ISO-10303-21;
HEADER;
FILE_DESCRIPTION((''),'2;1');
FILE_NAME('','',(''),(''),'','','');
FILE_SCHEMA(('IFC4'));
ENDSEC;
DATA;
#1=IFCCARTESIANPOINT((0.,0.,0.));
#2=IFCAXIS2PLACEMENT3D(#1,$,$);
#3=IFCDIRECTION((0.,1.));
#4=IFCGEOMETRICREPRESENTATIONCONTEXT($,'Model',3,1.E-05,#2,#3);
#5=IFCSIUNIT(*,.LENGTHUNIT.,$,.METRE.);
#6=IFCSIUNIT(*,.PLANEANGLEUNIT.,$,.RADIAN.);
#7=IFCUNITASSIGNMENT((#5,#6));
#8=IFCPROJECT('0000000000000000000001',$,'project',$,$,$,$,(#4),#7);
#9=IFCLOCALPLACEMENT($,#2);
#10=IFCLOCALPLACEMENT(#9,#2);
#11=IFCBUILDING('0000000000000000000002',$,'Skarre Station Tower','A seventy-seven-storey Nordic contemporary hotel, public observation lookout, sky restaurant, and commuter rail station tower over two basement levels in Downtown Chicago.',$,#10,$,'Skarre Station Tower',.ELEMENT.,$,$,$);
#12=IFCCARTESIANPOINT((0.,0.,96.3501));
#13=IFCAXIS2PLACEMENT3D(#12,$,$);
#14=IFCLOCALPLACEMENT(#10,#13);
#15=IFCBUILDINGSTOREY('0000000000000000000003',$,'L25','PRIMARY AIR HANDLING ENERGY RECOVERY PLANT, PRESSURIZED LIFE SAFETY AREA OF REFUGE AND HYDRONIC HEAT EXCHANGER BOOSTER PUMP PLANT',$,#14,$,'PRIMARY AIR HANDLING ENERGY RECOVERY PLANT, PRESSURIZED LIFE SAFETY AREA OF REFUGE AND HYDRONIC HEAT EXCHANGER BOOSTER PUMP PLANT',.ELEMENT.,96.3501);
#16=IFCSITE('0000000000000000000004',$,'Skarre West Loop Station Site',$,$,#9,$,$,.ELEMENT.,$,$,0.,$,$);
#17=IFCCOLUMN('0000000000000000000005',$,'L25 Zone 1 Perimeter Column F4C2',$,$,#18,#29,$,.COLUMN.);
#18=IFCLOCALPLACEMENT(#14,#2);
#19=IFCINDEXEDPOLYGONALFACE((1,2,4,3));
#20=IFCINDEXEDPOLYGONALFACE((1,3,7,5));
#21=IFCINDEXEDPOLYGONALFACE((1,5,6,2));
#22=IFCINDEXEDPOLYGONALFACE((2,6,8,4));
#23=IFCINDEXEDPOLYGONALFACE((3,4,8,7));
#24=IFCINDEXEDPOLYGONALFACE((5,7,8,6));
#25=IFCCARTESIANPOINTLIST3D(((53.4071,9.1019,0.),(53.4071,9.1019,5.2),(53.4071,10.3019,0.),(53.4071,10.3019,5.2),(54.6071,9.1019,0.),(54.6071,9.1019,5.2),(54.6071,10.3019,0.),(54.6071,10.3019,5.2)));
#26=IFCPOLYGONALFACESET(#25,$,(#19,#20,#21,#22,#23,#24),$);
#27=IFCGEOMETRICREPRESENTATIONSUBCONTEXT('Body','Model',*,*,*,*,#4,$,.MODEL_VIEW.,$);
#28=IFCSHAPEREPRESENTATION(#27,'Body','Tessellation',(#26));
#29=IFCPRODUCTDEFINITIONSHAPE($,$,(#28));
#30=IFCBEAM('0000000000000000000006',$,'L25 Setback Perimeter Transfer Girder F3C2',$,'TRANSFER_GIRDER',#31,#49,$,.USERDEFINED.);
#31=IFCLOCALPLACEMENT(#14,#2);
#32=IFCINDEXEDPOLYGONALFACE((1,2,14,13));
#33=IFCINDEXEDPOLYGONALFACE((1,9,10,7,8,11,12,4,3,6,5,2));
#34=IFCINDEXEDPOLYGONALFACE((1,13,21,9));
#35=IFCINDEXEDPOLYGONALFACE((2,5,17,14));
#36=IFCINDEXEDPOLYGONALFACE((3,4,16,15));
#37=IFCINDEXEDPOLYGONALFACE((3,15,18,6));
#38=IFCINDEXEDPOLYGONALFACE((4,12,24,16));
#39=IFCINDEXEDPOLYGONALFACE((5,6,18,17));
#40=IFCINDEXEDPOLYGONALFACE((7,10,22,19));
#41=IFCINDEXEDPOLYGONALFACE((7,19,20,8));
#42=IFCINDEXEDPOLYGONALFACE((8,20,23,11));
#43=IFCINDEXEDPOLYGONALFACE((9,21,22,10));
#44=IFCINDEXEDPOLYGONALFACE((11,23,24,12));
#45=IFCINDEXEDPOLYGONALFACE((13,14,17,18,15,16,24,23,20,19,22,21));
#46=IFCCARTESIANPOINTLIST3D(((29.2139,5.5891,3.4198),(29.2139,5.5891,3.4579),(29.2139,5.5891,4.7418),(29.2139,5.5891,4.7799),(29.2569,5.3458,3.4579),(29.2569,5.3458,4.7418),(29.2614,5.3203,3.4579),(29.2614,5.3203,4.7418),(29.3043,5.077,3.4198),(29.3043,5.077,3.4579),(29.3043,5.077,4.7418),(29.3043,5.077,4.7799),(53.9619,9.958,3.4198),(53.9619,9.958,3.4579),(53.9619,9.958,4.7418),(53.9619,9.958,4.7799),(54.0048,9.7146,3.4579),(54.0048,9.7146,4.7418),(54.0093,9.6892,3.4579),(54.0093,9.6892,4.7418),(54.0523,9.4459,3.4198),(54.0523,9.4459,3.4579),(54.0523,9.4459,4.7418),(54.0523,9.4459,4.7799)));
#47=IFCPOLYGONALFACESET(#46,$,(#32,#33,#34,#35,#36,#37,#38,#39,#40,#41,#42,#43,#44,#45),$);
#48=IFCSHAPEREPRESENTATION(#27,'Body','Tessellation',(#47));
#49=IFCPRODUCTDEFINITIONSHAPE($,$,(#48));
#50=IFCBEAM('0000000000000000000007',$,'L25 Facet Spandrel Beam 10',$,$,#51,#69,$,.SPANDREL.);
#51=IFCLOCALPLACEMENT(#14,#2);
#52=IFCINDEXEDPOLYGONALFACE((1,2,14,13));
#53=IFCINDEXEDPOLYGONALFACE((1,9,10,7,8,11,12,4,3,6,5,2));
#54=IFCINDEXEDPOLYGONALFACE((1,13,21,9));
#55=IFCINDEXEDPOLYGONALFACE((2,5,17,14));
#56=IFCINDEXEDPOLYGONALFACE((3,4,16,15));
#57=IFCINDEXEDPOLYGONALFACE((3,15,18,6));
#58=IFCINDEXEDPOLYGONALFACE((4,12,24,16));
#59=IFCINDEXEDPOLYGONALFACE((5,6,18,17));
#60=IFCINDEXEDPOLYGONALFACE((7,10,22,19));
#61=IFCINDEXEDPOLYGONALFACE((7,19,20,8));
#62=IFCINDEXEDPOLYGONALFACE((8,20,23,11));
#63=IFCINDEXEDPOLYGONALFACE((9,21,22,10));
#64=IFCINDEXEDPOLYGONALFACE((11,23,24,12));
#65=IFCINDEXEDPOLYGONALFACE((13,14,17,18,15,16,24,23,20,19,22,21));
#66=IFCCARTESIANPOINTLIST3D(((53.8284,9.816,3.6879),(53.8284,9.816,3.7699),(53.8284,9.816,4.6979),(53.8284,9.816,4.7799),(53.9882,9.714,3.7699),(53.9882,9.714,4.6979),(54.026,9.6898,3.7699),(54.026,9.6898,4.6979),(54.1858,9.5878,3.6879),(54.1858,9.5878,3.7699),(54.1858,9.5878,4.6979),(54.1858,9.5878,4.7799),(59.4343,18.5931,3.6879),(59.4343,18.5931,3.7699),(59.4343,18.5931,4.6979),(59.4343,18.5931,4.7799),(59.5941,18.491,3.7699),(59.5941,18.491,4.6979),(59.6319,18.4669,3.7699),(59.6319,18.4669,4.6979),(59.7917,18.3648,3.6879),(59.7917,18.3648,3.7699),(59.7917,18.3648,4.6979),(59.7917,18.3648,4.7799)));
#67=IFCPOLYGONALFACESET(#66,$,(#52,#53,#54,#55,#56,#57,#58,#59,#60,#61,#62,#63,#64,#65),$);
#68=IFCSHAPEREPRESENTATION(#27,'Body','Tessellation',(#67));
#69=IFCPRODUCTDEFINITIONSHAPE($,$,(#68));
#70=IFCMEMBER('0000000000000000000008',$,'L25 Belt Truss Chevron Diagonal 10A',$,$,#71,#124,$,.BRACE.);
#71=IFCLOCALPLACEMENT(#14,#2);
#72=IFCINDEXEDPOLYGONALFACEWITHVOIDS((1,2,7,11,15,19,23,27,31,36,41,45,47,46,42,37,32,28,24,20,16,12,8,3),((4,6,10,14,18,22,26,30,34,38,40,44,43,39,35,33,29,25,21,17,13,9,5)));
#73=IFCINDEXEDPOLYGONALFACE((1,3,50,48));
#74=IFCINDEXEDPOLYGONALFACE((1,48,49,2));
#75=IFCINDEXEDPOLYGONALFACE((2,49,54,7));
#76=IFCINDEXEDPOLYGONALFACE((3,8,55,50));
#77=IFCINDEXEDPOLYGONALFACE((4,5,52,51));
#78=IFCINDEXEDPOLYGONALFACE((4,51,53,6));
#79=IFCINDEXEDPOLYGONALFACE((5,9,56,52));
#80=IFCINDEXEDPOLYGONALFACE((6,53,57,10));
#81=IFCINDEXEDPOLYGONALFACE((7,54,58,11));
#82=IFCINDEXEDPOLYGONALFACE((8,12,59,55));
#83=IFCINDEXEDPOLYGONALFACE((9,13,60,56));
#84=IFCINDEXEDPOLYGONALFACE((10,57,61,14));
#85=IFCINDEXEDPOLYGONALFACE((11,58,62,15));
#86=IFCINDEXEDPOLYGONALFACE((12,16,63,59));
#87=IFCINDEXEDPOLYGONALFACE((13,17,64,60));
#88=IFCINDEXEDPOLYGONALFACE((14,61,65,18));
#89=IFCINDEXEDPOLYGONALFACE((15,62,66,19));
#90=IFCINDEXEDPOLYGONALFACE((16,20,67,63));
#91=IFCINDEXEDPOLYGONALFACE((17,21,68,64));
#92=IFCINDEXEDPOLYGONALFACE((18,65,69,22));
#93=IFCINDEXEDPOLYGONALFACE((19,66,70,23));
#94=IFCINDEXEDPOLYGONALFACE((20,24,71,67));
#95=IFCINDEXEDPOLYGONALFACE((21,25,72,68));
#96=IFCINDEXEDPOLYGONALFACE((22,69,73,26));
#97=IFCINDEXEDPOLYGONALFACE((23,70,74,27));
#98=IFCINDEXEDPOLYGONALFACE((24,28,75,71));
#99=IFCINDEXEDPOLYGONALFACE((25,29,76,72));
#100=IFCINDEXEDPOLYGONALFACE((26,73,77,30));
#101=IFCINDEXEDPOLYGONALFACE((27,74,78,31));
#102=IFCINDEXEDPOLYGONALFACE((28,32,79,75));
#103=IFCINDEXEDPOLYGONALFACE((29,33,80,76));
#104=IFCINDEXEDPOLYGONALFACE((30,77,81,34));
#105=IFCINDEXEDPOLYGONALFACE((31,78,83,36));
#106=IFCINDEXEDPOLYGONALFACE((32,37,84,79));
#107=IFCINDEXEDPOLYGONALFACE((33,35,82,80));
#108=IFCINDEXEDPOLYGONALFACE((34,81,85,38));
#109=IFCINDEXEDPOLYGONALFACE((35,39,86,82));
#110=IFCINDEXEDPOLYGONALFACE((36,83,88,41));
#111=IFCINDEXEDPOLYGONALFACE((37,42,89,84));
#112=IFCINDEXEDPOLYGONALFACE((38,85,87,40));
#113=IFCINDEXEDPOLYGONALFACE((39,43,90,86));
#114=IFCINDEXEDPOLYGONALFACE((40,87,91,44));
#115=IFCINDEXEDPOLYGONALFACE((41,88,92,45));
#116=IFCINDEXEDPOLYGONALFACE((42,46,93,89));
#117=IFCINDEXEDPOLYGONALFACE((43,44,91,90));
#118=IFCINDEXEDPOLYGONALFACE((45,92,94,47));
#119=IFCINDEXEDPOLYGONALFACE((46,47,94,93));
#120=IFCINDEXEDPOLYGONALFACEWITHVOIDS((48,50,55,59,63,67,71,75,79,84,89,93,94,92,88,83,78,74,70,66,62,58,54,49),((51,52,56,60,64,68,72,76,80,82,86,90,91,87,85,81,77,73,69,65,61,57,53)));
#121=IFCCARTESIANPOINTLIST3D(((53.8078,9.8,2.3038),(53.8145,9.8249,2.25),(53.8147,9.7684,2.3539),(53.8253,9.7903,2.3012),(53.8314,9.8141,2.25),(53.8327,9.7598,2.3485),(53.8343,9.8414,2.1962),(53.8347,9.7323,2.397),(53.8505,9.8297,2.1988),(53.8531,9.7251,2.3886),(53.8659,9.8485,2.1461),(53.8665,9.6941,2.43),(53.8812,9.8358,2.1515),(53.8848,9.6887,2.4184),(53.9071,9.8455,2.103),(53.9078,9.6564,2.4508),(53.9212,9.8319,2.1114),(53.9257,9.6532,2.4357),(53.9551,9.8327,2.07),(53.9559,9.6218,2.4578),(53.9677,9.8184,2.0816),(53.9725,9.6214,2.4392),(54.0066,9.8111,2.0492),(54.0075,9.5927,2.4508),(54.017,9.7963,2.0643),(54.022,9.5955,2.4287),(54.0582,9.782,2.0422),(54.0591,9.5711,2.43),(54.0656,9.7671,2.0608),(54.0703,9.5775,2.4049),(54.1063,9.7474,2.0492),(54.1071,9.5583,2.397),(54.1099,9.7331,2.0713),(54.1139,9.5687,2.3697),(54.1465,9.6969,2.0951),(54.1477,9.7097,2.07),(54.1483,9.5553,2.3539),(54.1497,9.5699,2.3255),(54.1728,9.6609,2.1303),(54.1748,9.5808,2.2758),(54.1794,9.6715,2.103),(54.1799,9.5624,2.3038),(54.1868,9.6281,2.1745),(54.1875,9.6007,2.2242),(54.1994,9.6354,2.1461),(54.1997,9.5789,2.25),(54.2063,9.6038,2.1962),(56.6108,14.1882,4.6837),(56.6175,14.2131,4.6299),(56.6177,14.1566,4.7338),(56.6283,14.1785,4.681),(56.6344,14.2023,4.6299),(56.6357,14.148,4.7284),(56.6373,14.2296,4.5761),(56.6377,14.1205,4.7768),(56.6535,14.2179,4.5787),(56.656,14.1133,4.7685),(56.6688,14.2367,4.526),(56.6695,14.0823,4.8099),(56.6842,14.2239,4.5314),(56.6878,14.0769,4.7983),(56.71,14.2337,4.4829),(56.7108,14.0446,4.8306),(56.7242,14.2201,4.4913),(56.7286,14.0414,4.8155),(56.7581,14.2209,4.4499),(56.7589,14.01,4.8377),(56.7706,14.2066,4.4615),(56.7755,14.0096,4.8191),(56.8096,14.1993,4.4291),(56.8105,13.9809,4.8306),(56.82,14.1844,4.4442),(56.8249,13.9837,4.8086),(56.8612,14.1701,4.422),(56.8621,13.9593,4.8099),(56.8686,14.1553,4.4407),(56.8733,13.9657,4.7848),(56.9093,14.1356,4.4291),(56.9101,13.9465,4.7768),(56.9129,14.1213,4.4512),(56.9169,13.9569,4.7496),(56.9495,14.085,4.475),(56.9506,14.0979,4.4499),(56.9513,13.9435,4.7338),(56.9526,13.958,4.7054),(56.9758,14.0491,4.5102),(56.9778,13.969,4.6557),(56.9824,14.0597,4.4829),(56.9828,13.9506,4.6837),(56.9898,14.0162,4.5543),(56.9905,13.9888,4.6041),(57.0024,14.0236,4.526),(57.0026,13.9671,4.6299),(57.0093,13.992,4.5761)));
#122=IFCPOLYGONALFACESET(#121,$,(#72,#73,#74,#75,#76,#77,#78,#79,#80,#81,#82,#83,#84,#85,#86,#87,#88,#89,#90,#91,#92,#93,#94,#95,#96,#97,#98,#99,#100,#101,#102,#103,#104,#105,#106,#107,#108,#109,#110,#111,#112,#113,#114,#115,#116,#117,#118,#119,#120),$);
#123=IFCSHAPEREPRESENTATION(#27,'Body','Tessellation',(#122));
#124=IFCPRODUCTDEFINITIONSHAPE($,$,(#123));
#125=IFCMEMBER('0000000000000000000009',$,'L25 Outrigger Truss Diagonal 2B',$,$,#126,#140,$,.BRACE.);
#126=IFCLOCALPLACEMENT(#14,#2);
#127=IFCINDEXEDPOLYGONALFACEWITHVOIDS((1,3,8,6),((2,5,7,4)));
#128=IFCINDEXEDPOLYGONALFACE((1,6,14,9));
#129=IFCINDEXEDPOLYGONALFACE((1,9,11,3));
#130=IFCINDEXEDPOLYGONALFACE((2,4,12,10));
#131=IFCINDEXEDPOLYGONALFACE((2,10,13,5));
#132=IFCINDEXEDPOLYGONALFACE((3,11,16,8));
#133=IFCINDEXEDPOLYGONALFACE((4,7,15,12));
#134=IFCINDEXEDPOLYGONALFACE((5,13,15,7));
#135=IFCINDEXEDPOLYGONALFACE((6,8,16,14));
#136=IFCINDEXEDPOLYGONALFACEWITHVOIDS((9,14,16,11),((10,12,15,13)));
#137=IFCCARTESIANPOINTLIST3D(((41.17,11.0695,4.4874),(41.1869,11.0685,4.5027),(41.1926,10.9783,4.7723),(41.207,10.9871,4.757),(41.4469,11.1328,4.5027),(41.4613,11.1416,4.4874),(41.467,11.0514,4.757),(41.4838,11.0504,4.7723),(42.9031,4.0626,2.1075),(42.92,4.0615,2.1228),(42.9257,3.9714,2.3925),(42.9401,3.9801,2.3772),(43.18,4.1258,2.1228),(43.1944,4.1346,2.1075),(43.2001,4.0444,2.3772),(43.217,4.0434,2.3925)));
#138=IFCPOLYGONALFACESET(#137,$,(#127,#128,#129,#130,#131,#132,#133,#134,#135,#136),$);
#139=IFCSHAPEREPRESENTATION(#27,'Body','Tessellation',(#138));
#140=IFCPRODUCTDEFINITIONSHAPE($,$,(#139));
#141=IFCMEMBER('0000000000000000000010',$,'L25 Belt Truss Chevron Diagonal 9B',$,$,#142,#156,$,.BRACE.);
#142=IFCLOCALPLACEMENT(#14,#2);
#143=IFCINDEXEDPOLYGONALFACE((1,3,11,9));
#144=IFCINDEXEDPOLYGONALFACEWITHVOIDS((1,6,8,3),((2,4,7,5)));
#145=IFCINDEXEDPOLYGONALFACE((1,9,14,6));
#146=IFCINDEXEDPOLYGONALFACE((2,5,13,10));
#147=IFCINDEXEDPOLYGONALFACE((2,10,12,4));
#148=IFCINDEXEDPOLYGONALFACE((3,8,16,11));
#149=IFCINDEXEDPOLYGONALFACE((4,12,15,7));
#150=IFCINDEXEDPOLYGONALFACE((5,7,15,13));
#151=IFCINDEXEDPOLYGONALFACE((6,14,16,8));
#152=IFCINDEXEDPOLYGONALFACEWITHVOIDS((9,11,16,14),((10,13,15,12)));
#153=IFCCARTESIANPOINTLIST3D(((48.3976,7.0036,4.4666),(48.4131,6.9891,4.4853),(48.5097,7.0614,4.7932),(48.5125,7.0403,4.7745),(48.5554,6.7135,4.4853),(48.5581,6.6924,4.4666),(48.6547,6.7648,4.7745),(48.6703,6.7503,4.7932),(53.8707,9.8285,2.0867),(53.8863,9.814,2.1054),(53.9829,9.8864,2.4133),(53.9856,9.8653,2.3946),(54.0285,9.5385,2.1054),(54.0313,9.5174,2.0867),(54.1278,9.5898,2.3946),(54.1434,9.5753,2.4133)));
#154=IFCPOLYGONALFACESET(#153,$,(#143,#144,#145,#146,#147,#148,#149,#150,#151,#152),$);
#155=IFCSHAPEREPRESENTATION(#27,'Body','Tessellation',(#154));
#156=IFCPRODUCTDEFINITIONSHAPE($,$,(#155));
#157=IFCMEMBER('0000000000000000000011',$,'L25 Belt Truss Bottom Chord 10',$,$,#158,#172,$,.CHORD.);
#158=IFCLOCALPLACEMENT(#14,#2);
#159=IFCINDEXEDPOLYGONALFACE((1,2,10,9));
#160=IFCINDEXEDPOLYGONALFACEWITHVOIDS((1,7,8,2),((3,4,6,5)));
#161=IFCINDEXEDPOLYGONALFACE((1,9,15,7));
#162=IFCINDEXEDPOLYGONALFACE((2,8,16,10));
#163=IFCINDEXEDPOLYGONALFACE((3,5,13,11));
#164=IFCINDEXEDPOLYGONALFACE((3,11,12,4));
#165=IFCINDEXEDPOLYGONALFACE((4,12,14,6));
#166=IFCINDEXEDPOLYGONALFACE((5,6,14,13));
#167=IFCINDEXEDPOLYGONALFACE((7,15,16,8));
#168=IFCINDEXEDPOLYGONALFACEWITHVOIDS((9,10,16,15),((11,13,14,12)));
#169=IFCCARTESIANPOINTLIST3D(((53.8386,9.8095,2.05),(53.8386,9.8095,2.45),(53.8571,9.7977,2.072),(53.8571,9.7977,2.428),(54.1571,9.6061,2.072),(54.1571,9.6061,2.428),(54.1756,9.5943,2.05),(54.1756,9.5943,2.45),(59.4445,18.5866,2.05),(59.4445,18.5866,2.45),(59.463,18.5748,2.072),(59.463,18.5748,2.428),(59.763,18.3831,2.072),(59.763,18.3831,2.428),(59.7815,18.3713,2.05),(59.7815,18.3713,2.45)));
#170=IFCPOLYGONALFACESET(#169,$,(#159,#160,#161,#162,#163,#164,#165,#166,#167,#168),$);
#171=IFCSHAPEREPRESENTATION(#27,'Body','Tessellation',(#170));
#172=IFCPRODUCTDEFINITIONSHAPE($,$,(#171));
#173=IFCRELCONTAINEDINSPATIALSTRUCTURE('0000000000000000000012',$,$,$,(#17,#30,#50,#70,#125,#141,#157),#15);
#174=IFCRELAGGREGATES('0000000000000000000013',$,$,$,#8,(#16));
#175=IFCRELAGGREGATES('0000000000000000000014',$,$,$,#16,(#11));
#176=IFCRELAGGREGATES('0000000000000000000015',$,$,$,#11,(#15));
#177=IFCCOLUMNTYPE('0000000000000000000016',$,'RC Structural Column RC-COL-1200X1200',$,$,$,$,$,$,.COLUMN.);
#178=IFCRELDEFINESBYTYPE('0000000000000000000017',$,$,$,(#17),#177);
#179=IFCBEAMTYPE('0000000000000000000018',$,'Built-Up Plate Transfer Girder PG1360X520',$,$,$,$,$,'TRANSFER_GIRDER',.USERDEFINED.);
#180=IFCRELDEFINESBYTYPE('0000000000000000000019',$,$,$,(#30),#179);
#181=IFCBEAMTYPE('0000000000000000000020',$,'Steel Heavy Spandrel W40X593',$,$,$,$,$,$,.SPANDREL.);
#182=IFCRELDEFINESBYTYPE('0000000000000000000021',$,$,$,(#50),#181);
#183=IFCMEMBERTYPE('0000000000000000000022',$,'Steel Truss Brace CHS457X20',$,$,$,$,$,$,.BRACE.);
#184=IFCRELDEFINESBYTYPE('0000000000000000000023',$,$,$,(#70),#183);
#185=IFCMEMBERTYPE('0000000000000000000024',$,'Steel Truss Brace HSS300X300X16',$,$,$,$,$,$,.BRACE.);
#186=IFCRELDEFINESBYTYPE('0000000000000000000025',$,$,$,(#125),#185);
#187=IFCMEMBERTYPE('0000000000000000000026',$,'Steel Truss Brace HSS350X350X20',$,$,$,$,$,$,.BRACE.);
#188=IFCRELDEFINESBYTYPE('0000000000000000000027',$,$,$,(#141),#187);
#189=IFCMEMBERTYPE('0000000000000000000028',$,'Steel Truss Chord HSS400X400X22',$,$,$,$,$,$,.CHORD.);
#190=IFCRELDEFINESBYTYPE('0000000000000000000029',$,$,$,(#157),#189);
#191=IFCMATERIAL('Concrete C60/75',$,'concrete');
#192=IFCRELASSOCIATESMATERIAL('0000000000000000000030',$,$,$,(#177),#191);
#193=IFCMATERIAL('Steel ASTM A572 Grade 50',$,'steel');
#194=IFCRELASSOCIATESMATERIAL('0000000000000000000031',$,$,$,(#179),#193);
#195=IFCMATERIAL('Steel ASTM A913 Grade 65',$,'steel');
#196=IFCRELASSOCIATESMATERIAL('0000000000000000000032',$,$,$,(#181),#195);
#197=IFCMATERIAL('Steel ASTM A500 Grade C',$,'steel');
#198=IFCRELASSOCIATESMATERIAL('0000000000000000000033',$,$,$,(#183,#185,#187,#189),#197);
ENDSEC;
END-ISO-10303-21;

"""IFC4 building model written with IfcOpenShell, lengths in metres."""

from ifc_helpers import new_model, si_unit, direction, frame, origin, origin_2d, place, context, subcontext, project, spatial, rectangle, hollow_rectangle, hollow_circle, i_section, extrude, material, material_profile, profile_set, type_object, element, save


model = new_model("IFC4")

# Units and contexts
model_context = context("Model", 3, precision=1e-05, world=origin(), true_north=direction((0.0, 1.0)))
body_context = subcontext(model_context, "Body", "Model", "MODEL_VIEW")
ifc_project = project(units=[si_unit("LENGTHUNIT", "METRE"), si_unit("PLANEANGLEUNIT", "RADIAN")], contexts=[model_context])

# Site, building, storey
site_placement = place(None, origin())
site = spatial("IfcSite", under=ifc_project, at=site_placement, Name="Skarre West Loop Station Site", CompositionType="ELEMENT", RefElevation=0.0)
building_placement = place(site_placement, origin())
building = spatial("IfcBuilding", under=site, at=building_placement, Name="Skarre Station Tower", Description="A seventy-seven-storey Nordic contemporary hotel, public observation lookout, sky restaurant, and commuter rail station tower over two basement levels in Downtown Chicago.", LongName="Skarre Station Tower", CompositionType="ELEMENT")
storey_placement = place(building_placement, frame((0.0, 0.0, 96.3501)))
storey = spatial("IfcBuildingStorey", under=building, at=storey_placement, Name="L25", Description="PRIMARY AIR HANDLING ENERGY RECOVERY PLANT, PRESSURIZED LIFE SAFETY AREA OF REFUGE AND HYDRONIC HEAT EXCHANGER BOOSTER PUMP PLANT", LongName="PRIMARY AIR HANDLING ENERGY RECOVERY PLANT, PRESSURIZED LIFE SAFETY AREA OF REFUGE AND HYDRONIC HEAT EXCHANGER BOOSTER PUMP PLANT", CompositionType="ELEMENT", Elevation=96.3501)

# Column
ifc_material_1 = material(Name="Concrete C60/75", Category="concrete")
ifc_material_profile_1 = material_profile(ifc_material_1, rectangle(XDim=1.2, YDim=1.2, at=origin_2d()), Name="Concrete C60/75")
ifc_profile_set_1 = profile_set([ifc_material_profile_1], Name="Concrete C60/75")
column_type = type_object("IfcColumnType", Name="RC Structural Column RC-COL-1200X1200", PredefinedType="COLUMN", material=ifc_profile_set_1)
column_placement = place(storey_placement, frame((54.0071, 9.7019, 0.0), z_axis=(0.0, 0.0, 1.0), x_axis=(1.0, 0.0, 0.0)))
element("IfcColumn", 1, at=column_placement, inside=storey, type_object=column_type, Name="L25 Zone 1 Perimeter Column F4C2", PredefinedType="COLUMN", context=body_context, shape_type="SweptSolid", body=[
    extrude(rectangle(XDim=1.2, YDim=1.2, at=origin_2d()), origin(), (0.0, 0.0, 1.0), 5.2),
])

# Beams
ifc_material_2 = material(Name="Steel ASTM A572 Grade 50", Category="steel")
ifc_material_profile_2 = material_profile(ifc_material_2, i_section(OverallWidth=0.52, OverallDepth=1.3601, WebThickness=0.0259, FlangeThickness=0.0381, at=origin_2d()), Name="Steel ASTM A572 Grade 50")
ifc_profile_set_2 = profile_set([ifc_material_profile_2], Name="Steel ASTM A572 Grade 50")
beam_type_1 = type_object("IfcBeamType", Name="Built-Up Plate Transfer Girder PG1360X520", ElementType="TRANSFER_GIRDER", PredefinedType="USERDEFINED", material=ifc_profile_set_2)
beam_1_placement = place(storey_placement, frame((54.0071, 9.7019, 4.0999), z_axis=(-0.984773, -0.173847, 0.0), x_axis=(0.173847, -0.984773, 0.0)))
element("IfcBeam", 2, at=beam_1_placement, inside=storey, type_object=beam_type_1, Name="L25 Setback Perimeter Transfer Girder F3C2", ObjectType="TRANSFER_GIRDER", PredefinedType="USERDEFINED", context=body_context, shape_type="SweptSolid", body=[
    extrude(i_section(OverallWidth=0.52, OverallDepth=1.3601, WebThickness=0.0259, FlangeThickness=0.0381, at=origin_2d()), origin(), (0.0, 0.0, 1.0), 25.1306),
])
ifc_material_3 = material(Name="Steel ASTM A913 Grade 65", Category="steel")
ifc_material_profile_3 = material_profile(ifc_material_3, i_section(OverallWidth=0.4241, OverallDepth=1.092, WebThickness=0.0449, FlangeThickness=0.082, at=origin_2d()), Name="Steel ASTM A913 Grade 65")
ifc_profile_set_3 = profile_set([ifc_material_profile_3], Name="Steel ASTM A913 Grade 65")
beam_type_2 = type_object("IfcBeamType", Name="Steel Heavy Spandrel W40X593", PredefinedType="SPANDREL", material=ifc_profile_set_3)
beam_2_placement = place(storey_placement, frame((54.0071, 9.7019, 4.2339), z_axis=(0.538278, 0.842767, 0.0), x_axis=(-0.842767, 0.538278, 0.0)))
element("IfcBeam", 3, at=beam_2_placement, inside=storey, type_object=beam_type_2, Name="L25 Facet Spandrel Beam 10", PredefinedType="SPANDREL", context=body_context, shape_type="SweptSolid", body=[
    extrude(i_section(OverallWidth=0.4241, OverallDepth=1.092, WebThickness=0.0449, FlangeThickness=0.082, at=origin_2d()), origin(), (0.0, 0.0, 1.0), 10.4146),
])

# Members
ifc_material_4 = material(Name="Steel ASTM A500 Grade C", Category="steel")
ifc_material_profile_4 = material_profile(ifc_material_4, hollow_circle(Radius=0.2285, WallThickness=0.02, at=origin_2d()), Name="Steel ASTM A500 Grade C")
ifc_profile_set_4 = profile_set([ifc_material_profile_4], Name="Steel ASTM A500 Grade C")
member_type_1 = type_object("IfcMemberType", Name="Steel Truss Brace CHS457X20", PredefinedType="BRACE", material=ifc_profile_set_4)
member_1_placement = place(storey_placement, frame((54.0071, 9.7019, 2.25), z_axis=(0.489595, 0.766483, 0.415693), x_axis=(-0.842747, 0.53831, 0.0)))
element("IfcMember", 4, at=member_1_placement, inside=storey, type_object=member_type_1, Name="L25 Belt Truss Chevron Diagonal 10A", PredefinedType="BRACE", context=body_context, shape_type="SweptSolid", body=[
    extrude(hollow_circle(Radius=0.2285, WallThickness=0.02, at=origin_2d()), origin(), (0.0, 0.0, 1.0), 5.7251),
])
ifc_material_profile_5 = material_profile(ifc_material_4, hollow_rectangle(XDim=0.3, YDim=0.3, WallThickness=0.0161, at=origin_2d()), Name="Steel ASTM A500 Grade C")
ifc_profile_set_5 = profile_set([ifc_material_profile_5], Name="Steel ASTM A500 Grade C")
member_type_2 = type_object("IfcMemberType", Name="Steel Truss Brace HSS300X300X16", PredefinedType="BRACE", material=ifc_profile_set_5)
member_2_placement = place(storey_placement, frame((43.0601, 4.053, 2.25), z_axis=(-0.228033, 0.92193, 0.313124), x_axis=(-0.970746, -0.240108, 0.0)))
element("IfcMember", 5, at=member_2_placement, inside=storey, type_object=member_type_2, Name="L25 Outrigger Truss Diagonal 2B", PredefinedType="BRACE", context=body_context, shape_type="SweptSolid", body=[
    extrude(hollow_rectangle(XDim=0.3, YDim=0.3, WallThickness=0.0161, at=origin_2d()), origin(), (0.0, 0.0, 1.0), 7.6003),
])
ifc_material_profile_6 = material_profile(ifc_material_4, hollow_rectangle(XDim=0.3501, YDim=0.3501, WallThickness=0.02, at=origin_2d()), Name="Steel ASTM A500 Grade C")
ifc_profile_set_6 = profile_set([ifc_material_profile_6], Name="Steel ASTM A500 Grade C")
member_type_3 = type_object("IfcMemberType", Name="Steel Truss Brace HSS350X350X20", PredefinedType="BRACE", material=ifc_profile_set_6)
member_3_placement = place(storey_placement, frame((54.0071, 9.7019, 2.25), z_axis=(-0.828889, -0.427829, 0.360425), x_axis=(0.458656, -0.888614, 0.0)))
element("IfcMember", 6, at=member_3_placement, inside=storey, type_object=member_type_3, Name="L25 Belt Truss Chevron Diagonal 9B", PredefinedType="BRACE", context=body_context, shape_type="SweptSolid", body=[
    extrude(hollow_rectangle(XDim=0.3501, YDim=0.3501, WallThickness=0.02, at=origin_2d()), origin(), (0.0, 0.0, 1.0), 6.603),
])
ifc_material_profile_7 = material_profile(ifc_material_4, hollow_rectangle(XDim=0.3999, YDim=0.3999, WallThickness=0.022, at=origin_2d()), Name="Steel ASTM A500 Grade C")
ifc_profile_set_7 = profile_set([ifc_material_profile_7], Name="Steel ASTM A500 Grade C")
member_type_4 = type_object("IfcMemberType", Name="Steel Truss Chord HSS400X400X22", PredefinedType="CHORD", material=ifc_profile_set_7)
member_4_placement = place(storey_placement, frame((54.0071, 9.7019, 2.25), z_axis=(0.538278, 0.842767, 0.0), x_axis=(-0.842767, 0.538278, 0.0)))
element("IfcMember", 7, at=member_4_placement, inside=storey, type_object=member_type_4, Name="L25 Belt Truss Bottom Chord 10", PredefinedType="CHORD", context=body_context, shape_type="SweptSolid", body=[
    extrude(hollow_rectangle(XDim=0.3999, YDim=0.3999, WallThickness=0.022, at=origin_2d()), origin(), (0.0, 0.0, 1.0), 10.4146),
])

save(model, "model.ifc")
